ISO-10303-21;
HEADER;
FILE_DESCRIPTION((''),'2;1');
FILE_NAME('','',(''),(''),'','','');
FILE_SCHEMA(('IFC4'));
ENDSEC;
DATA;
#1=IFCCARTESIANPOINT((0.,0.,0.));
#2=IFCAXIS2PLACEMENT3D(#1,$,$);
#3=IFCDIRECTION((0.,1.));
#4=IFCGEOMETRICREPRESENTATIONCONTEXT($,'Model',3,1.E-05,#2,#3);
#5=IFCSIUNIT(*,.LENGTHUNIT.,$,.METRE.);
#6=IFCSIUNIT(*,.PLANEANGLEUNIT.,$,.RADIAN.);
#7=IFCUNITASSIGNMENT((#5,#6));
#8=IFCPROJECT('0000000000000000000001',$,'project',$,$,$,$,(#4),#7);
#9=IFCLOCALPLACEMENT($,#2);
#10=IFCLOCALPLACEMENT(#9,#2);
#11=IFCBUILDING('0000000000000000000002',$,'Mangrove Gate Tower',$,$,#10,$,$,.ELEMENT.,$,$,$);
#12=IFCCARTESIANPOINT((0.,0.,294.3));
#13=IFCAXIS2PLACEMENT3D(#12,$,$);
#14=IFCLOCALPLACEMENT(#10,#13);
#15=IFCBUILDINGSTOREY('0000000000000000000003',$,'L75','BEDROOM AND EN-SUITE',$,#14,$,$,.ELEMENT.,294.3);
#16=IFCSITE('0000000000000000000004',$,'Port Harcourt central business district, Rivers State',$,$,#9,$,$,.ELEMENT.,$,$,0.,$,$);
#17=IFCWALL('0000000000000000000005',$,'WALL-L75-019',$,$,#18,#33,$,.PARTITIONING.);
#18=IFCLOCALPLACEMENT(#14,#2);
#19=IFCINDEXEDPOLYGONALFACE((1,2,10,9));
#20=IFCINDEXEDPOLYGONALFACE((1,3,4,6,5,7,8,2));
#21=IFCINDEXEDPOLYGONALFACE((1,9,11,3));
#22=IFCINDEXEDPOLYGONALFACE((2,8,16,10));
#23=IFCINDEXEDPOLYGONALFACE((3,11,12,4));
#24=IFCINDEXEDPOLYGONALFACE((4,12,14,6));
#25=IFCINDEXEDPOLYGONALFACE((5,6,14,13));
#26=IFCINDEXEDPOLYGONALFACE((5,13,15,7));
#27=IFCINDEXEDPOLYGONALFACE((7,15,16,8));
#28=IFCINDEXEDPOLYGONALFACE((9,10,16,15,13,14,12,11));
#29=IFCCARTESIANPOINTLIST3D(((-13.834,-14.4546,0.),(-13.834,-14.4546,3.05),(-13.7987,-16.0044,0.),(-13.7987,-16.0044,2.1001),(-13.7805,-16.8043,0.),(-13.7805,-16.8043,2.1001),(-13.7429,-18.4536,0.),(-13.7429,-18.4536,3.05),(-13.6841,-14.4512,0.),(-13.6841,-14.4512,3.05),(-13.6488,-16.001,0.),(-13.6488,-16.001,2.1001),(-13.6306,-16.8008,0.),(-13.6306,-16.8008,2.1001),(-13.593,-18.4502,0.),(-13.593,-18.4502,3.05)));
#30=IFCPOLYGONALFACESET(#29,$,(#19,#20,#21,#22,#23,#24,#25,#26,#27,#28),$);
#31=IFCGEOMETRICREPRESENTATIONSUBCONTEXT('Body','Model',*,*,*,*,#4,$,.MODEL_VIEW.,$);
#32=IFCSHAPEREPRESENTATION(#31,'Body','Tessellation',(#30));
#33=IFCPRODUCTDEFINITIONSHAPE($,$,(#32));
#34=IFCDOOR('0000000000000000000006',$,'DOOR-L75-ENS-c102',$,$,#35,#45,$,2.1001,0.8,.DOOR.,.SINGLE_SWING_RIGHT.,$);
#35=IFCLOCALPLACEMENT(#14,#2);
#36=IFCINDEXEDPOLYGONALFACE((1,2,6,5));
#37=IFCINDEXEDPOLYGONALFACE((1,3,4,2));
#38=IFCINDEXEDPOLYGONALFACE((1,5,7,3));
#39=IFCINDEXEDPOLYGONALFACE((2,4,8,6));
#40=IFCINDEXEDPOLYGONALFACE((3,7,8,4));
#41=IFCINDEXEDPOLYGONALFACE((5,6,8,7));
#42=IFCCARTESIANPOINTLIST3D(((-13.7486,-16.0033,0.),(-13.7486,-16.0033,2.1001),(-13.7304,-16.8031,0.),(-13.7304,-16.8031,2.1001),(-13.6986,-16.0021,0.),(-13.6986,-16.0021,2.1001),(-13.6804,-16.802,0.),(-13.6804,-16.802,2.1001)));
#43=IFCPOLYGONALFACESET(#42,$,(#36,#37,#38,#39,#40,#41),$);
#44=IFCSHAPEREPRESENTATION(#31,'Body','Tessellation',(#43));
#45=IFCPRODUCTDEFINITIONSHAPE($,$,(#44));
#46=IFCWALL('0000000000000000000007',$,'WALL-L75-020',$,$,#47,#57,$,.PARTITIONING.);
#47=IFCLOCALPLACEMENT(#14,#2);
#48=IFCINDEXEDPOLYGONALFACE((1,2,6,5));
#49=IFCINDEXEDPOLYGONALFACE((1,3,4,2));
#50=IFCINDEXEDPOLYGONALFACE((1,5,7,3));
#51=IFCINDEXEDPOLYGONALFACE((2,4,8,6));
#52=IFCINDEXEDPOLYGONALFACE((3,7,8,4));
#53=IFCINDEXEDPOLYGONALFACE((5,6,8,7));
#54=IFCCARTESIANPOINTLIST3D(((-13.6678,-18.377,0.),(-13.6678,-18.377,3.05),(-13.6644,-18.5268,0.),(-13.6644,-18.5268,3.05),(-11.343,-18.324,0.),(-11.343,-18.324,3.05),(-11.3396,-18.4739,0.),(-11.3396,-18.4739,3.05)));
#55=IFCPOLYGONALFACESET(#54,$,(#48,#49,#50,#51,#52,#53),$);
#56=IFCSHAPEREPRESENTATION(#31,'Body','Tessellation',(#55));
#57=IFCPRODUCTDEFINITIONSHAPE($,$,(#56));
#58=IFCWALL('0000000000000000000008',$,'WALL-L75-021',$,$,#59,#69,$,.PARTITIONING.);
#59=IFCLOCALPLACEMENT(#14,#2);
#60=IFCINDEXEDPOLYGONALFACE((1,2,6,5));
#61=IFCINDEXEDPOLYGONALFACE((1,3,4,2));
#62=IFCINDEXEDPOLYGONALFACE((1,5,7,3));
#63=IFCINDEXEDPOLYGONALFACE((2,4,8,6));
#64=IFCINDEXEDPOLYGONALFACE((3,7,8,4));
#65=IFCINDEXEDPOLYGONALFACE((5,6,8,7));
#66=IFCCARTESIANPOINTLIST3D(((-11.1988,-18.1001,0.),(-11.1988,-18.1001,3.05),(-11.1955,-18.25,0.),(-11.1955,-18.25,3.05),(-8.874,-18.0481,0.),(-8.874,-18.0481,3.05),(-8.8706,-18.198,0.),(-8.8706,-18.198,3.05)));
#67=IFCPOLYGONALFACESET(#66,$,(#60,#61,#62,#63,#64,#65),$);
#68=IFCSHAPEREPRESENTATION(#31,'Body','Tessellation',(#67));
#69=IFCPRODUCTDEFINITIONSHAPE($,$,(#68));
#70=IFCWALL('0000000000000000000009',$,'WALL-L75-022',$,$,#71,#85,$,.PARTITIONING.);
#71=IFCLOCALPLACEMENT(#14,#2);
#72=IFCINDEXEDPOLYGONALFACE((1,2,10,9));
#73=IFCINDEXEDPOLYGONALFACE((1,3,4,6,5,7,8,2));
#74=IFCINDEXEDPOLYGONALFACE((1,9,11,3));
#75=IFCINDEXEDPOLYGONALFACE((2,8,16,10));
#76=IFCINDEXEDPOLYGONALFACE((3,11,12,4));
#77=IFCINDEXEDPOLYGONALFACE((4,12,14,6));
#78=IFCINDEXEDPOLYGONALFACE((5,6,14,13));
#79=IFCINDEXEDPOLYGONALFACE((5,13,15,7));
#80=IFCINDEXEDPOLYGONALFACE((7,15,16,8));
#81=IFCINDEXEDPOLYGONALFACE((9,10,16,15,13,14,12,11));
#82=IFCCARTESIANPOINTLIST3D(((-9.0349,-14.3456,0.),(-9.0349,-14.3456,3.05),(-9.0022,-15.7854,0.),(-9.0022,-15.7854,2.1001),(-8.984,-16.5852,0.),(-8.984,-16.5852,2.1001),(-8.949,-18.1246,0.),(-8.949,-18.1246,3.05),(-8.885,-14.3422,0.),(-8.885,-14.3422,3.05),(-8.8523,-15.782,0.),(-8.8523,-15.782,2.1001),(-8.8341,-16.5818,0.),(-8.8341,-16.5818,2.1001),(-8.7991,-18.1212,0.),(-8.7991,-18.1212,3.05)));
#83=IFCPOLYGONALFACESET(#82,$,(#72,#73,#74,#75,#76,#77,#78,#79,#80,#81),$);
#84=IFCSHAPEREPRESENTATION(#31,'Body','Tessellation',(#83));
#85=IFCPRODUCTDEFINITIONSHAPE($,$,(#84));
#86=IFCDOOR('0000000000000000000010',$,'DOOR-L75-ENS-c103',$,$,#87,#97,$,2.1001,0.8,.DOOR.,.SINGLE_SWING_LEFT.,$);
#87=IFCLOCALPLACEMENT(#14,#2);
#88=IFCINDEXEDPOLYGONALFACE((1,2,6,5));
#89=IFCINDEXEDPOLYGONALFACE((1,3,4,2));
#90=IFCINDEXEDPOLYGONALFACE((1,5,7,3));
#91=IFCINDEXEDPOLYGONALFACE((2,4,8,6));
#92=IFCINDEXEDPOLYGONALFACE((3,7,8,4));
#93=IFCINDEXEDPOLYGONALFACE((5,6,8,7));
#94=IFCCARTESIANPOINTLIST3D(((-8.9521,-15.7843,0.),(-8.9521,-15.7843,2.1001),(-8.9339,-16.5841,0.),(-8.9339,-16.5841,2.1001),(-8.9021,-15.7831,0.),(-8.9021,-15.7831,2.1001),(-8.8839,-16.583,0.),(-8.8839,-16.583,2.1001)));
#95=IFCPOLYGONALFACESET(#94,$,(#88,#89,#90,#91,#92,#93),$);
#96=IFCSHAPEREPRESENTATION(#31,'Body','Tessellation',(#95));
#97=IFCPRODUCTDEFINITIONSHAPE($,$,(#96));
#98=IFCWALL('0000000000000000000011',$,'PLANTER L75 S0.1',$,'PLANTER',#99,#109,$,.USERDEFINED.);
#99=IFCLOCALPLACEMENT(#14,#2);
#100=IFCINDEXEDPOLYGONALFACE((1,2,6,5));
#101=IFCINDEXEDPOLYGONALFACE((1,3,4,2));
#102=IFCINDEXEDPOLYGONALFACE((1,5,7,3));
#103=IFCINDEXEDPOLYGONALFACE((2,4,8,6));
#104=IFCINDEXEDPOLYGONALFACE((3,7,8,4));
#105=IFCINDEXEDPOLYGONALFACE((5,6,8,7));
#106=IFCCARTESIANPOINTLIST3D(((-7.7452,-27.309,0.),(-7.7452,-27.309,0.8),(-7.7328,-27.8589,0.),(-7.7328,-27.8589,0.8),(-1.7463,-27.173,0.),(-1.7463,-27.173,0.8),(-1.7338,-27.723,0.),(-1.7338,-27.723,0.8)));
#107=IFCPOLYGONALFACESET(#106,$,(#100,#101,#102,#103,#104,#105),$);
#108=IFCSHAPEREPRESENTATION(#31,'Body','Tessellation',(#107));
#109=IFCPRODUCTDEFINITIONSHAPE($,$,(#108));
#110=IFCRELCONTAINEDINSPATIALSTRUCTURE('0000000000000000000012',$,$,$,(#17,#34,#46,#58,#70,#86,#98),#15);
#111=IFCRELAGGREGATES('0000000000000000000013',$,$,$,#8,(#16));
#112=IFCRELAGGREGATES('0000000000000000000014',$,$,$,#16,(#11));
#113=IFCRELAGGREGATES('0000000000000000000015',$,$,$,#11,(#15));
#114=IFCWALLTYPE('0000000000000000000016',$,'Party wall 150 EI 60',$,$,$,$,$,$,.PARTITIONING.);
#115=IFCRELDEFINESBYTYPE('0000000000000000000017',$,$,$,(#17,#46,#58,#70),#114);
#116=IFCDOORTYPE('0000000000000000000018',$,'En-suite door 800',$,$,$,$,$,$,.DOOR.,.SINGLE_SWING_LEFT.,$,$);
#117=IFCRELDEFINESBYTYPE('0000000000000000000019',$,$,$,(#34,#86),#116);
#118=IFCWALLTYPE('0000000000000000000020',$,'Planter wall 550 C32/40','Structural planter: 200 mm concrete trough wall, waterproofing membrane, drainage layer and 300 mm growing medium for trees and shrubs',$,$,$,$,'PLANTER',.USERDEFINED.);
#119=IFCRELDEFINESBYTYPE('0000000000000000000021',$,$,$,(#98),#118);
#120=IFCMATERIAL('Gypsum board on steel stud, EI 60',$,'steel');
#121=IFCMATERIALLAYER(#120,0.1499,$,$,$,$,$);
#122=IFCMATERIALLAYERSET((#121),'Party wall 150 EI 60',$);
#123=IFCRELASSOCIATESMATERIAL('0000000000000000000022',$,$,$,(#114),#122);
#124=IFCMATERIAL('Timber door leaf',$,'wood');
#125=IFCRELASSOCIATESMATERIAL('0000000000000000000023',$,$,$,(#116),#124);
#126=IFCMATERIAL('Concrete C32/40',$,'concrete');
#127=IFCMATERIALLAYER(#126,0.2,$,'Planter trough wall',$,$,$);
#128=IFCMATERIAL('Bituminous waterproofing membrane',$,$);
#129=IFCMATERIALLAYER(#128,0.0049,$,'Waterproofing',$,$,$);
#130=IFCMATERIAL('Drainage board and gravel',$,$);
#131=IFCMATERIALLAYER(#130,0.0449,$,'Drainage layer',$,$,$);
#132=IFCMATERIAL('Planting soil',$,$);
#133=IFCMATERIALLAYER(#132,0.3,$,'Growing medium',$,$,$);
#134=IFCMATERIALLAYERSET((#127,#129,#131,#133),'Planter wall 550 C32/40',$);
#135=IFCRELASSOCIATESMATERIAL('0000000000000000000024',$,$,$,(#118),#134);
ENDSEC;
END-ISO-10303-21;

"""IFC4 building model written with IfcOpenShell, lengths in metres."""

from ifc_helpers import new_model, si_unit, direction, frame, frame_2d, origin, place, context, subcontext, project, spatial, rectangle, extrude, material, layer, layer_set, type_object, element, fill, save


model = new_model("IFC4")

# Units and contexts
model_context = context("Model", 3, precision=1e-05, world=origin(), true_north=direction((0.0, 1.0)))
body_context = subcontext(model_context, "Body", "Model", "MODEL_VIEW")
ifc_project = project(units=[si_unit("LENGTHUNIT", "METRE"), si_unit("PLANEANGLEUNIT", "RADIAN")], contexts=[model_context])

# Site, building, storey
site_placement = place(None, origin())
site = spatial("IfcSite", under=ifc_project, at=site_placement, Name="Port Harcourt central business district, Rivers State", CompositionType="ELEMENT", RefElevation=0.0)
building_placement = place(site_placement, origin())
building = spatial("IfcBuilding", under=site, at=building_placement, Name="Mangrove Gate Tower", CompositionType="ELEMENT")
storey_placement = place(building_placement, frame((0.0, 0.0, 294.3)))
storey = spatial("IfcBuildingStorey", under=building, at=storey_placement, Name="L75", Description="BEDROOM AND EN-SUITE", CompositionType="ELEMENT", Elevation=294.3)

# Shared definitions
ifc_material_1 = material(Name="Gypsum board on steel stud, EI 60", Category="steel")
ifc_layer_1 = layer(ifc_material_1, 0.1499)
ifc_layer_set_1 = layer_set([ifc_layer_1], Name="Party wall 150 EI 60")
wall_type_1 = type_object("IfcWallType", Name="Party wall 150 EI 60", PredefinedType="PARTITIONING", material=ifc_layer_set_1)

# Shared definitions
ifc_material_2 = material(Name="Timber door leaf", Category="wood")
door_type = type_object("IfcDoorType", Name="En-suite door 800", OperationType="SINGLE_SWING_LEFT", PredefinedType="DOOR", material=ifc_material_2)

# Wall, opening, door
wall_1_placement = place(storey_placement, frame((-13.668, -18.4519, 0.0), z_axis=(0.0, 0.0, 1.0), x_axis=(-0.022766, 0.999741, 0.0)))
wall_1 = element("IfcWall", 1, at=wall_1_placement, inside=storey, type_object=wall_type_1, Name="WALL-L75-019", PredefinedType="PARTITIONING", context=body_context, shape_type="SweptSolid", body=[
    extrude(rectangle(XDim=4.0, YDim=0.1499, at=frame_2d((2.0, 0.0))), origin(), (0.0, 0.0, 1.0), 3.05),
])
opening_1_placement = place(wall_1_placement, frame((1.6499, 0.0, 0.0)))
opening_1 = element("IfcOpeningElement", 2, at=opening_1_placement, cuts=wall_1, PredefinedType="OPENING", context=body_context, shape_type="SweptSolid", body=[
    extrude(rectangle(XDim=0.8, YDim=2.1001, at=frame_2d((0.3999, 1.05))), frame((0.0, 0.085, 0.0), z_axis=(0.0, -1.0, 0.0), x_axis=(1.0, 0.0, 0.0)), (0.0, 0.0, 1.0), 0.1699),
])
door_1_placement = place(opening_1_placement, origin())
door_1 = element("IfcDoor", 3, at=door_1_placement, inside=storey, type_object=door_type, Name="DOOR-L75-ENS-c102", OperationType="SINGLE_SWING_RIGHT", OverallHeight=2.1001, OverallWidth=0.8, PredefinedType="DOOR", context=body_context, shape_type="SweptSolid", body=[
    extrude(rectangle(XDim=0.8, YDim=2.1001, at=frame_2d((0.3999, 1.05))), frame((0.0, 0.0249, 0.0), z_axis=(0.0, -1.0, 0.0), x_axis=(1.0, 0.0, 0.0)), (0.0, 0.0, 1.0), 0.05),
])
fill(opening_1, door_1)

# Walls
for number, where, z_axis, x_axis, name in (
    (4, (-13.666, -18.4519, 0.0), (0.0, 0.0, 1.0), (0.99974, 0.022781, 0.0), "WALL-L75-020"),
    (5, (-11.197, -18.175, 0.0), (0.0, 0.0, 1.0), (0.99975, 0.022361, 0.0), "WALL-L75-021"),
):
    element("IfcWall", number, at=place(storey_placement, frame(where, z_axis=z_axis, x_axis=x_axis)), inside=storey, type_object=wall_type_1, Name=name, PredefinedType="PARTITIONING", context=body_context, shape_type="SweptSolid", body=[
        extrude(rectangle(XDim=2.3254, YDim=0.1499, at=frame_2d((1.1626, 0.0))), origin(), (0.0, 0.0, 1.0), 3.05),
    ])

# Wall, opening, door
wall_2_placement = place(storey_placement, frame((-8.874, -18.123, 0.0), z_axis=(0.0, 0.0, 1.0), x_axis=(-0.022735, 0.999742, 0.0)))
wall_2 = element("IfcWall", 6, at=wall_2_placement, inside=storey, type_object=wall_type_1, Name="WALL-L75-022", PredefinedType="PARTITIONING", context=body_context, shape_type="SweptSolid", body=[
    extrude(rectangle(XDim=3.78, YDim=0.1499, at=frame_2d((1.8901, 0.0))), origin(), (0.0, 0.0, 1.0), 3.05),
])
opening_2_placement = place(wall_2_placement, frame((1.54, 0.0, 0.0)))
opening_2 = element("IfcOpeningElement", 7, at=opening_2_placement, cuts=wall_2, PredefinedType="OPENING", context=body_context, shape_type="SweptSolid", body=[
    extrude(rectangle(XDim=0.8, YDim=2.1001, at=frame_2d((0.3999, 1.05))), frame((0.0, 0.085, 0.0), z_axis=(0.0, -1.0, 0.0), x_axis=(1.0, 0.0, 0.0)), (0.0, 0.0, 1.0), 0.1699),
])
door_2_placement = place(opening_2_placement, origin())
door_2 = element("IfcDoor", 8, at=door_2_placement, inside=storey, type_object=door_type, Name="DOOR-L75-ENS-c103", OperationType="SINGLE_SWING_LEFT", OverallHeight=2.1001, OverallWidth=0.8, PredefinedType="DOOR", context=body_context, shape_type="SweptSolid", body=[
    extrude(rectangle(XDim=0.8, YDim=2.1001, at=frame_2d((0.3999, 1.05))), frame((0.0, 0.0249, 0.0), z_axis=(0.0, -1.0, 0.0), x_axis=(1.0, 0.0, 0.0)), (0.0, 0.0, 1.0), 0.05),
])
fill(opening_2, door_2)

# Wall
ifc_material_3 = material(Name="Concrete C32/40", Category="concrete")
ifc_layer_2 = layer(ifc_material_3, 0.2, Name="Planter trough wall")
ifc_material_4 = material(Name="Bituminous waterproofing membrane")
ifc_layer_3 = layer(ifc_material_4, 0.0049, Name="Waterproofing")
ifc_material_5 = material(Name="Drainage board and gravel")
ifc_layer_4 = layer(ifc_material_5, 0.0449, Name="Drainage layer")
ifc_material_6 = material(Name="Planting soil")
ifc_layer_5 = layer(ifc_material_6, 0.3, Name="Growing medium")
ifc_layer_set_2 = layer_set([ifc_layer_2, ifc_layer_3, ifc_layer_4, ifc_layer_5], Name="Planter wall 550 C32/40")
wall_type_2 = type_object("IfcWallType", Name="Planter wall 550 C32/40", Description="Structural planter: 200 mm concrete trough wall, waterproofing membrane, drainage layer and 300 mm growing medium for trees and shrubs", ElementType="PLANTER", PredefinedType="USERDEFINED", material=ifc_layer_set_2)
wall_3_placement = place(storey_placement, frame((-7.739, -27.584, 0.0), z_axis=(0.0, 0.0, 1.0), x_axis=(0.999743, 0.022662, 0.0)))
element("IfcWall", 9, at=wall_3_placement, inside=storey, type_object=wall_type_2, Name="PLANTER L75 S0.1", ObjectType="PLANTER", PredefinedType="USERDEFINED", context=body_context, shape_type="SweptSolid", body=[
    extrude(rectangle(XDim=6.0005, YDim=0.55, at=frame_2d((3.0002, 0.0))), origin(), (0.0, 0.0, 1.0), 0.8),
])

save(model, "model.ifc")
